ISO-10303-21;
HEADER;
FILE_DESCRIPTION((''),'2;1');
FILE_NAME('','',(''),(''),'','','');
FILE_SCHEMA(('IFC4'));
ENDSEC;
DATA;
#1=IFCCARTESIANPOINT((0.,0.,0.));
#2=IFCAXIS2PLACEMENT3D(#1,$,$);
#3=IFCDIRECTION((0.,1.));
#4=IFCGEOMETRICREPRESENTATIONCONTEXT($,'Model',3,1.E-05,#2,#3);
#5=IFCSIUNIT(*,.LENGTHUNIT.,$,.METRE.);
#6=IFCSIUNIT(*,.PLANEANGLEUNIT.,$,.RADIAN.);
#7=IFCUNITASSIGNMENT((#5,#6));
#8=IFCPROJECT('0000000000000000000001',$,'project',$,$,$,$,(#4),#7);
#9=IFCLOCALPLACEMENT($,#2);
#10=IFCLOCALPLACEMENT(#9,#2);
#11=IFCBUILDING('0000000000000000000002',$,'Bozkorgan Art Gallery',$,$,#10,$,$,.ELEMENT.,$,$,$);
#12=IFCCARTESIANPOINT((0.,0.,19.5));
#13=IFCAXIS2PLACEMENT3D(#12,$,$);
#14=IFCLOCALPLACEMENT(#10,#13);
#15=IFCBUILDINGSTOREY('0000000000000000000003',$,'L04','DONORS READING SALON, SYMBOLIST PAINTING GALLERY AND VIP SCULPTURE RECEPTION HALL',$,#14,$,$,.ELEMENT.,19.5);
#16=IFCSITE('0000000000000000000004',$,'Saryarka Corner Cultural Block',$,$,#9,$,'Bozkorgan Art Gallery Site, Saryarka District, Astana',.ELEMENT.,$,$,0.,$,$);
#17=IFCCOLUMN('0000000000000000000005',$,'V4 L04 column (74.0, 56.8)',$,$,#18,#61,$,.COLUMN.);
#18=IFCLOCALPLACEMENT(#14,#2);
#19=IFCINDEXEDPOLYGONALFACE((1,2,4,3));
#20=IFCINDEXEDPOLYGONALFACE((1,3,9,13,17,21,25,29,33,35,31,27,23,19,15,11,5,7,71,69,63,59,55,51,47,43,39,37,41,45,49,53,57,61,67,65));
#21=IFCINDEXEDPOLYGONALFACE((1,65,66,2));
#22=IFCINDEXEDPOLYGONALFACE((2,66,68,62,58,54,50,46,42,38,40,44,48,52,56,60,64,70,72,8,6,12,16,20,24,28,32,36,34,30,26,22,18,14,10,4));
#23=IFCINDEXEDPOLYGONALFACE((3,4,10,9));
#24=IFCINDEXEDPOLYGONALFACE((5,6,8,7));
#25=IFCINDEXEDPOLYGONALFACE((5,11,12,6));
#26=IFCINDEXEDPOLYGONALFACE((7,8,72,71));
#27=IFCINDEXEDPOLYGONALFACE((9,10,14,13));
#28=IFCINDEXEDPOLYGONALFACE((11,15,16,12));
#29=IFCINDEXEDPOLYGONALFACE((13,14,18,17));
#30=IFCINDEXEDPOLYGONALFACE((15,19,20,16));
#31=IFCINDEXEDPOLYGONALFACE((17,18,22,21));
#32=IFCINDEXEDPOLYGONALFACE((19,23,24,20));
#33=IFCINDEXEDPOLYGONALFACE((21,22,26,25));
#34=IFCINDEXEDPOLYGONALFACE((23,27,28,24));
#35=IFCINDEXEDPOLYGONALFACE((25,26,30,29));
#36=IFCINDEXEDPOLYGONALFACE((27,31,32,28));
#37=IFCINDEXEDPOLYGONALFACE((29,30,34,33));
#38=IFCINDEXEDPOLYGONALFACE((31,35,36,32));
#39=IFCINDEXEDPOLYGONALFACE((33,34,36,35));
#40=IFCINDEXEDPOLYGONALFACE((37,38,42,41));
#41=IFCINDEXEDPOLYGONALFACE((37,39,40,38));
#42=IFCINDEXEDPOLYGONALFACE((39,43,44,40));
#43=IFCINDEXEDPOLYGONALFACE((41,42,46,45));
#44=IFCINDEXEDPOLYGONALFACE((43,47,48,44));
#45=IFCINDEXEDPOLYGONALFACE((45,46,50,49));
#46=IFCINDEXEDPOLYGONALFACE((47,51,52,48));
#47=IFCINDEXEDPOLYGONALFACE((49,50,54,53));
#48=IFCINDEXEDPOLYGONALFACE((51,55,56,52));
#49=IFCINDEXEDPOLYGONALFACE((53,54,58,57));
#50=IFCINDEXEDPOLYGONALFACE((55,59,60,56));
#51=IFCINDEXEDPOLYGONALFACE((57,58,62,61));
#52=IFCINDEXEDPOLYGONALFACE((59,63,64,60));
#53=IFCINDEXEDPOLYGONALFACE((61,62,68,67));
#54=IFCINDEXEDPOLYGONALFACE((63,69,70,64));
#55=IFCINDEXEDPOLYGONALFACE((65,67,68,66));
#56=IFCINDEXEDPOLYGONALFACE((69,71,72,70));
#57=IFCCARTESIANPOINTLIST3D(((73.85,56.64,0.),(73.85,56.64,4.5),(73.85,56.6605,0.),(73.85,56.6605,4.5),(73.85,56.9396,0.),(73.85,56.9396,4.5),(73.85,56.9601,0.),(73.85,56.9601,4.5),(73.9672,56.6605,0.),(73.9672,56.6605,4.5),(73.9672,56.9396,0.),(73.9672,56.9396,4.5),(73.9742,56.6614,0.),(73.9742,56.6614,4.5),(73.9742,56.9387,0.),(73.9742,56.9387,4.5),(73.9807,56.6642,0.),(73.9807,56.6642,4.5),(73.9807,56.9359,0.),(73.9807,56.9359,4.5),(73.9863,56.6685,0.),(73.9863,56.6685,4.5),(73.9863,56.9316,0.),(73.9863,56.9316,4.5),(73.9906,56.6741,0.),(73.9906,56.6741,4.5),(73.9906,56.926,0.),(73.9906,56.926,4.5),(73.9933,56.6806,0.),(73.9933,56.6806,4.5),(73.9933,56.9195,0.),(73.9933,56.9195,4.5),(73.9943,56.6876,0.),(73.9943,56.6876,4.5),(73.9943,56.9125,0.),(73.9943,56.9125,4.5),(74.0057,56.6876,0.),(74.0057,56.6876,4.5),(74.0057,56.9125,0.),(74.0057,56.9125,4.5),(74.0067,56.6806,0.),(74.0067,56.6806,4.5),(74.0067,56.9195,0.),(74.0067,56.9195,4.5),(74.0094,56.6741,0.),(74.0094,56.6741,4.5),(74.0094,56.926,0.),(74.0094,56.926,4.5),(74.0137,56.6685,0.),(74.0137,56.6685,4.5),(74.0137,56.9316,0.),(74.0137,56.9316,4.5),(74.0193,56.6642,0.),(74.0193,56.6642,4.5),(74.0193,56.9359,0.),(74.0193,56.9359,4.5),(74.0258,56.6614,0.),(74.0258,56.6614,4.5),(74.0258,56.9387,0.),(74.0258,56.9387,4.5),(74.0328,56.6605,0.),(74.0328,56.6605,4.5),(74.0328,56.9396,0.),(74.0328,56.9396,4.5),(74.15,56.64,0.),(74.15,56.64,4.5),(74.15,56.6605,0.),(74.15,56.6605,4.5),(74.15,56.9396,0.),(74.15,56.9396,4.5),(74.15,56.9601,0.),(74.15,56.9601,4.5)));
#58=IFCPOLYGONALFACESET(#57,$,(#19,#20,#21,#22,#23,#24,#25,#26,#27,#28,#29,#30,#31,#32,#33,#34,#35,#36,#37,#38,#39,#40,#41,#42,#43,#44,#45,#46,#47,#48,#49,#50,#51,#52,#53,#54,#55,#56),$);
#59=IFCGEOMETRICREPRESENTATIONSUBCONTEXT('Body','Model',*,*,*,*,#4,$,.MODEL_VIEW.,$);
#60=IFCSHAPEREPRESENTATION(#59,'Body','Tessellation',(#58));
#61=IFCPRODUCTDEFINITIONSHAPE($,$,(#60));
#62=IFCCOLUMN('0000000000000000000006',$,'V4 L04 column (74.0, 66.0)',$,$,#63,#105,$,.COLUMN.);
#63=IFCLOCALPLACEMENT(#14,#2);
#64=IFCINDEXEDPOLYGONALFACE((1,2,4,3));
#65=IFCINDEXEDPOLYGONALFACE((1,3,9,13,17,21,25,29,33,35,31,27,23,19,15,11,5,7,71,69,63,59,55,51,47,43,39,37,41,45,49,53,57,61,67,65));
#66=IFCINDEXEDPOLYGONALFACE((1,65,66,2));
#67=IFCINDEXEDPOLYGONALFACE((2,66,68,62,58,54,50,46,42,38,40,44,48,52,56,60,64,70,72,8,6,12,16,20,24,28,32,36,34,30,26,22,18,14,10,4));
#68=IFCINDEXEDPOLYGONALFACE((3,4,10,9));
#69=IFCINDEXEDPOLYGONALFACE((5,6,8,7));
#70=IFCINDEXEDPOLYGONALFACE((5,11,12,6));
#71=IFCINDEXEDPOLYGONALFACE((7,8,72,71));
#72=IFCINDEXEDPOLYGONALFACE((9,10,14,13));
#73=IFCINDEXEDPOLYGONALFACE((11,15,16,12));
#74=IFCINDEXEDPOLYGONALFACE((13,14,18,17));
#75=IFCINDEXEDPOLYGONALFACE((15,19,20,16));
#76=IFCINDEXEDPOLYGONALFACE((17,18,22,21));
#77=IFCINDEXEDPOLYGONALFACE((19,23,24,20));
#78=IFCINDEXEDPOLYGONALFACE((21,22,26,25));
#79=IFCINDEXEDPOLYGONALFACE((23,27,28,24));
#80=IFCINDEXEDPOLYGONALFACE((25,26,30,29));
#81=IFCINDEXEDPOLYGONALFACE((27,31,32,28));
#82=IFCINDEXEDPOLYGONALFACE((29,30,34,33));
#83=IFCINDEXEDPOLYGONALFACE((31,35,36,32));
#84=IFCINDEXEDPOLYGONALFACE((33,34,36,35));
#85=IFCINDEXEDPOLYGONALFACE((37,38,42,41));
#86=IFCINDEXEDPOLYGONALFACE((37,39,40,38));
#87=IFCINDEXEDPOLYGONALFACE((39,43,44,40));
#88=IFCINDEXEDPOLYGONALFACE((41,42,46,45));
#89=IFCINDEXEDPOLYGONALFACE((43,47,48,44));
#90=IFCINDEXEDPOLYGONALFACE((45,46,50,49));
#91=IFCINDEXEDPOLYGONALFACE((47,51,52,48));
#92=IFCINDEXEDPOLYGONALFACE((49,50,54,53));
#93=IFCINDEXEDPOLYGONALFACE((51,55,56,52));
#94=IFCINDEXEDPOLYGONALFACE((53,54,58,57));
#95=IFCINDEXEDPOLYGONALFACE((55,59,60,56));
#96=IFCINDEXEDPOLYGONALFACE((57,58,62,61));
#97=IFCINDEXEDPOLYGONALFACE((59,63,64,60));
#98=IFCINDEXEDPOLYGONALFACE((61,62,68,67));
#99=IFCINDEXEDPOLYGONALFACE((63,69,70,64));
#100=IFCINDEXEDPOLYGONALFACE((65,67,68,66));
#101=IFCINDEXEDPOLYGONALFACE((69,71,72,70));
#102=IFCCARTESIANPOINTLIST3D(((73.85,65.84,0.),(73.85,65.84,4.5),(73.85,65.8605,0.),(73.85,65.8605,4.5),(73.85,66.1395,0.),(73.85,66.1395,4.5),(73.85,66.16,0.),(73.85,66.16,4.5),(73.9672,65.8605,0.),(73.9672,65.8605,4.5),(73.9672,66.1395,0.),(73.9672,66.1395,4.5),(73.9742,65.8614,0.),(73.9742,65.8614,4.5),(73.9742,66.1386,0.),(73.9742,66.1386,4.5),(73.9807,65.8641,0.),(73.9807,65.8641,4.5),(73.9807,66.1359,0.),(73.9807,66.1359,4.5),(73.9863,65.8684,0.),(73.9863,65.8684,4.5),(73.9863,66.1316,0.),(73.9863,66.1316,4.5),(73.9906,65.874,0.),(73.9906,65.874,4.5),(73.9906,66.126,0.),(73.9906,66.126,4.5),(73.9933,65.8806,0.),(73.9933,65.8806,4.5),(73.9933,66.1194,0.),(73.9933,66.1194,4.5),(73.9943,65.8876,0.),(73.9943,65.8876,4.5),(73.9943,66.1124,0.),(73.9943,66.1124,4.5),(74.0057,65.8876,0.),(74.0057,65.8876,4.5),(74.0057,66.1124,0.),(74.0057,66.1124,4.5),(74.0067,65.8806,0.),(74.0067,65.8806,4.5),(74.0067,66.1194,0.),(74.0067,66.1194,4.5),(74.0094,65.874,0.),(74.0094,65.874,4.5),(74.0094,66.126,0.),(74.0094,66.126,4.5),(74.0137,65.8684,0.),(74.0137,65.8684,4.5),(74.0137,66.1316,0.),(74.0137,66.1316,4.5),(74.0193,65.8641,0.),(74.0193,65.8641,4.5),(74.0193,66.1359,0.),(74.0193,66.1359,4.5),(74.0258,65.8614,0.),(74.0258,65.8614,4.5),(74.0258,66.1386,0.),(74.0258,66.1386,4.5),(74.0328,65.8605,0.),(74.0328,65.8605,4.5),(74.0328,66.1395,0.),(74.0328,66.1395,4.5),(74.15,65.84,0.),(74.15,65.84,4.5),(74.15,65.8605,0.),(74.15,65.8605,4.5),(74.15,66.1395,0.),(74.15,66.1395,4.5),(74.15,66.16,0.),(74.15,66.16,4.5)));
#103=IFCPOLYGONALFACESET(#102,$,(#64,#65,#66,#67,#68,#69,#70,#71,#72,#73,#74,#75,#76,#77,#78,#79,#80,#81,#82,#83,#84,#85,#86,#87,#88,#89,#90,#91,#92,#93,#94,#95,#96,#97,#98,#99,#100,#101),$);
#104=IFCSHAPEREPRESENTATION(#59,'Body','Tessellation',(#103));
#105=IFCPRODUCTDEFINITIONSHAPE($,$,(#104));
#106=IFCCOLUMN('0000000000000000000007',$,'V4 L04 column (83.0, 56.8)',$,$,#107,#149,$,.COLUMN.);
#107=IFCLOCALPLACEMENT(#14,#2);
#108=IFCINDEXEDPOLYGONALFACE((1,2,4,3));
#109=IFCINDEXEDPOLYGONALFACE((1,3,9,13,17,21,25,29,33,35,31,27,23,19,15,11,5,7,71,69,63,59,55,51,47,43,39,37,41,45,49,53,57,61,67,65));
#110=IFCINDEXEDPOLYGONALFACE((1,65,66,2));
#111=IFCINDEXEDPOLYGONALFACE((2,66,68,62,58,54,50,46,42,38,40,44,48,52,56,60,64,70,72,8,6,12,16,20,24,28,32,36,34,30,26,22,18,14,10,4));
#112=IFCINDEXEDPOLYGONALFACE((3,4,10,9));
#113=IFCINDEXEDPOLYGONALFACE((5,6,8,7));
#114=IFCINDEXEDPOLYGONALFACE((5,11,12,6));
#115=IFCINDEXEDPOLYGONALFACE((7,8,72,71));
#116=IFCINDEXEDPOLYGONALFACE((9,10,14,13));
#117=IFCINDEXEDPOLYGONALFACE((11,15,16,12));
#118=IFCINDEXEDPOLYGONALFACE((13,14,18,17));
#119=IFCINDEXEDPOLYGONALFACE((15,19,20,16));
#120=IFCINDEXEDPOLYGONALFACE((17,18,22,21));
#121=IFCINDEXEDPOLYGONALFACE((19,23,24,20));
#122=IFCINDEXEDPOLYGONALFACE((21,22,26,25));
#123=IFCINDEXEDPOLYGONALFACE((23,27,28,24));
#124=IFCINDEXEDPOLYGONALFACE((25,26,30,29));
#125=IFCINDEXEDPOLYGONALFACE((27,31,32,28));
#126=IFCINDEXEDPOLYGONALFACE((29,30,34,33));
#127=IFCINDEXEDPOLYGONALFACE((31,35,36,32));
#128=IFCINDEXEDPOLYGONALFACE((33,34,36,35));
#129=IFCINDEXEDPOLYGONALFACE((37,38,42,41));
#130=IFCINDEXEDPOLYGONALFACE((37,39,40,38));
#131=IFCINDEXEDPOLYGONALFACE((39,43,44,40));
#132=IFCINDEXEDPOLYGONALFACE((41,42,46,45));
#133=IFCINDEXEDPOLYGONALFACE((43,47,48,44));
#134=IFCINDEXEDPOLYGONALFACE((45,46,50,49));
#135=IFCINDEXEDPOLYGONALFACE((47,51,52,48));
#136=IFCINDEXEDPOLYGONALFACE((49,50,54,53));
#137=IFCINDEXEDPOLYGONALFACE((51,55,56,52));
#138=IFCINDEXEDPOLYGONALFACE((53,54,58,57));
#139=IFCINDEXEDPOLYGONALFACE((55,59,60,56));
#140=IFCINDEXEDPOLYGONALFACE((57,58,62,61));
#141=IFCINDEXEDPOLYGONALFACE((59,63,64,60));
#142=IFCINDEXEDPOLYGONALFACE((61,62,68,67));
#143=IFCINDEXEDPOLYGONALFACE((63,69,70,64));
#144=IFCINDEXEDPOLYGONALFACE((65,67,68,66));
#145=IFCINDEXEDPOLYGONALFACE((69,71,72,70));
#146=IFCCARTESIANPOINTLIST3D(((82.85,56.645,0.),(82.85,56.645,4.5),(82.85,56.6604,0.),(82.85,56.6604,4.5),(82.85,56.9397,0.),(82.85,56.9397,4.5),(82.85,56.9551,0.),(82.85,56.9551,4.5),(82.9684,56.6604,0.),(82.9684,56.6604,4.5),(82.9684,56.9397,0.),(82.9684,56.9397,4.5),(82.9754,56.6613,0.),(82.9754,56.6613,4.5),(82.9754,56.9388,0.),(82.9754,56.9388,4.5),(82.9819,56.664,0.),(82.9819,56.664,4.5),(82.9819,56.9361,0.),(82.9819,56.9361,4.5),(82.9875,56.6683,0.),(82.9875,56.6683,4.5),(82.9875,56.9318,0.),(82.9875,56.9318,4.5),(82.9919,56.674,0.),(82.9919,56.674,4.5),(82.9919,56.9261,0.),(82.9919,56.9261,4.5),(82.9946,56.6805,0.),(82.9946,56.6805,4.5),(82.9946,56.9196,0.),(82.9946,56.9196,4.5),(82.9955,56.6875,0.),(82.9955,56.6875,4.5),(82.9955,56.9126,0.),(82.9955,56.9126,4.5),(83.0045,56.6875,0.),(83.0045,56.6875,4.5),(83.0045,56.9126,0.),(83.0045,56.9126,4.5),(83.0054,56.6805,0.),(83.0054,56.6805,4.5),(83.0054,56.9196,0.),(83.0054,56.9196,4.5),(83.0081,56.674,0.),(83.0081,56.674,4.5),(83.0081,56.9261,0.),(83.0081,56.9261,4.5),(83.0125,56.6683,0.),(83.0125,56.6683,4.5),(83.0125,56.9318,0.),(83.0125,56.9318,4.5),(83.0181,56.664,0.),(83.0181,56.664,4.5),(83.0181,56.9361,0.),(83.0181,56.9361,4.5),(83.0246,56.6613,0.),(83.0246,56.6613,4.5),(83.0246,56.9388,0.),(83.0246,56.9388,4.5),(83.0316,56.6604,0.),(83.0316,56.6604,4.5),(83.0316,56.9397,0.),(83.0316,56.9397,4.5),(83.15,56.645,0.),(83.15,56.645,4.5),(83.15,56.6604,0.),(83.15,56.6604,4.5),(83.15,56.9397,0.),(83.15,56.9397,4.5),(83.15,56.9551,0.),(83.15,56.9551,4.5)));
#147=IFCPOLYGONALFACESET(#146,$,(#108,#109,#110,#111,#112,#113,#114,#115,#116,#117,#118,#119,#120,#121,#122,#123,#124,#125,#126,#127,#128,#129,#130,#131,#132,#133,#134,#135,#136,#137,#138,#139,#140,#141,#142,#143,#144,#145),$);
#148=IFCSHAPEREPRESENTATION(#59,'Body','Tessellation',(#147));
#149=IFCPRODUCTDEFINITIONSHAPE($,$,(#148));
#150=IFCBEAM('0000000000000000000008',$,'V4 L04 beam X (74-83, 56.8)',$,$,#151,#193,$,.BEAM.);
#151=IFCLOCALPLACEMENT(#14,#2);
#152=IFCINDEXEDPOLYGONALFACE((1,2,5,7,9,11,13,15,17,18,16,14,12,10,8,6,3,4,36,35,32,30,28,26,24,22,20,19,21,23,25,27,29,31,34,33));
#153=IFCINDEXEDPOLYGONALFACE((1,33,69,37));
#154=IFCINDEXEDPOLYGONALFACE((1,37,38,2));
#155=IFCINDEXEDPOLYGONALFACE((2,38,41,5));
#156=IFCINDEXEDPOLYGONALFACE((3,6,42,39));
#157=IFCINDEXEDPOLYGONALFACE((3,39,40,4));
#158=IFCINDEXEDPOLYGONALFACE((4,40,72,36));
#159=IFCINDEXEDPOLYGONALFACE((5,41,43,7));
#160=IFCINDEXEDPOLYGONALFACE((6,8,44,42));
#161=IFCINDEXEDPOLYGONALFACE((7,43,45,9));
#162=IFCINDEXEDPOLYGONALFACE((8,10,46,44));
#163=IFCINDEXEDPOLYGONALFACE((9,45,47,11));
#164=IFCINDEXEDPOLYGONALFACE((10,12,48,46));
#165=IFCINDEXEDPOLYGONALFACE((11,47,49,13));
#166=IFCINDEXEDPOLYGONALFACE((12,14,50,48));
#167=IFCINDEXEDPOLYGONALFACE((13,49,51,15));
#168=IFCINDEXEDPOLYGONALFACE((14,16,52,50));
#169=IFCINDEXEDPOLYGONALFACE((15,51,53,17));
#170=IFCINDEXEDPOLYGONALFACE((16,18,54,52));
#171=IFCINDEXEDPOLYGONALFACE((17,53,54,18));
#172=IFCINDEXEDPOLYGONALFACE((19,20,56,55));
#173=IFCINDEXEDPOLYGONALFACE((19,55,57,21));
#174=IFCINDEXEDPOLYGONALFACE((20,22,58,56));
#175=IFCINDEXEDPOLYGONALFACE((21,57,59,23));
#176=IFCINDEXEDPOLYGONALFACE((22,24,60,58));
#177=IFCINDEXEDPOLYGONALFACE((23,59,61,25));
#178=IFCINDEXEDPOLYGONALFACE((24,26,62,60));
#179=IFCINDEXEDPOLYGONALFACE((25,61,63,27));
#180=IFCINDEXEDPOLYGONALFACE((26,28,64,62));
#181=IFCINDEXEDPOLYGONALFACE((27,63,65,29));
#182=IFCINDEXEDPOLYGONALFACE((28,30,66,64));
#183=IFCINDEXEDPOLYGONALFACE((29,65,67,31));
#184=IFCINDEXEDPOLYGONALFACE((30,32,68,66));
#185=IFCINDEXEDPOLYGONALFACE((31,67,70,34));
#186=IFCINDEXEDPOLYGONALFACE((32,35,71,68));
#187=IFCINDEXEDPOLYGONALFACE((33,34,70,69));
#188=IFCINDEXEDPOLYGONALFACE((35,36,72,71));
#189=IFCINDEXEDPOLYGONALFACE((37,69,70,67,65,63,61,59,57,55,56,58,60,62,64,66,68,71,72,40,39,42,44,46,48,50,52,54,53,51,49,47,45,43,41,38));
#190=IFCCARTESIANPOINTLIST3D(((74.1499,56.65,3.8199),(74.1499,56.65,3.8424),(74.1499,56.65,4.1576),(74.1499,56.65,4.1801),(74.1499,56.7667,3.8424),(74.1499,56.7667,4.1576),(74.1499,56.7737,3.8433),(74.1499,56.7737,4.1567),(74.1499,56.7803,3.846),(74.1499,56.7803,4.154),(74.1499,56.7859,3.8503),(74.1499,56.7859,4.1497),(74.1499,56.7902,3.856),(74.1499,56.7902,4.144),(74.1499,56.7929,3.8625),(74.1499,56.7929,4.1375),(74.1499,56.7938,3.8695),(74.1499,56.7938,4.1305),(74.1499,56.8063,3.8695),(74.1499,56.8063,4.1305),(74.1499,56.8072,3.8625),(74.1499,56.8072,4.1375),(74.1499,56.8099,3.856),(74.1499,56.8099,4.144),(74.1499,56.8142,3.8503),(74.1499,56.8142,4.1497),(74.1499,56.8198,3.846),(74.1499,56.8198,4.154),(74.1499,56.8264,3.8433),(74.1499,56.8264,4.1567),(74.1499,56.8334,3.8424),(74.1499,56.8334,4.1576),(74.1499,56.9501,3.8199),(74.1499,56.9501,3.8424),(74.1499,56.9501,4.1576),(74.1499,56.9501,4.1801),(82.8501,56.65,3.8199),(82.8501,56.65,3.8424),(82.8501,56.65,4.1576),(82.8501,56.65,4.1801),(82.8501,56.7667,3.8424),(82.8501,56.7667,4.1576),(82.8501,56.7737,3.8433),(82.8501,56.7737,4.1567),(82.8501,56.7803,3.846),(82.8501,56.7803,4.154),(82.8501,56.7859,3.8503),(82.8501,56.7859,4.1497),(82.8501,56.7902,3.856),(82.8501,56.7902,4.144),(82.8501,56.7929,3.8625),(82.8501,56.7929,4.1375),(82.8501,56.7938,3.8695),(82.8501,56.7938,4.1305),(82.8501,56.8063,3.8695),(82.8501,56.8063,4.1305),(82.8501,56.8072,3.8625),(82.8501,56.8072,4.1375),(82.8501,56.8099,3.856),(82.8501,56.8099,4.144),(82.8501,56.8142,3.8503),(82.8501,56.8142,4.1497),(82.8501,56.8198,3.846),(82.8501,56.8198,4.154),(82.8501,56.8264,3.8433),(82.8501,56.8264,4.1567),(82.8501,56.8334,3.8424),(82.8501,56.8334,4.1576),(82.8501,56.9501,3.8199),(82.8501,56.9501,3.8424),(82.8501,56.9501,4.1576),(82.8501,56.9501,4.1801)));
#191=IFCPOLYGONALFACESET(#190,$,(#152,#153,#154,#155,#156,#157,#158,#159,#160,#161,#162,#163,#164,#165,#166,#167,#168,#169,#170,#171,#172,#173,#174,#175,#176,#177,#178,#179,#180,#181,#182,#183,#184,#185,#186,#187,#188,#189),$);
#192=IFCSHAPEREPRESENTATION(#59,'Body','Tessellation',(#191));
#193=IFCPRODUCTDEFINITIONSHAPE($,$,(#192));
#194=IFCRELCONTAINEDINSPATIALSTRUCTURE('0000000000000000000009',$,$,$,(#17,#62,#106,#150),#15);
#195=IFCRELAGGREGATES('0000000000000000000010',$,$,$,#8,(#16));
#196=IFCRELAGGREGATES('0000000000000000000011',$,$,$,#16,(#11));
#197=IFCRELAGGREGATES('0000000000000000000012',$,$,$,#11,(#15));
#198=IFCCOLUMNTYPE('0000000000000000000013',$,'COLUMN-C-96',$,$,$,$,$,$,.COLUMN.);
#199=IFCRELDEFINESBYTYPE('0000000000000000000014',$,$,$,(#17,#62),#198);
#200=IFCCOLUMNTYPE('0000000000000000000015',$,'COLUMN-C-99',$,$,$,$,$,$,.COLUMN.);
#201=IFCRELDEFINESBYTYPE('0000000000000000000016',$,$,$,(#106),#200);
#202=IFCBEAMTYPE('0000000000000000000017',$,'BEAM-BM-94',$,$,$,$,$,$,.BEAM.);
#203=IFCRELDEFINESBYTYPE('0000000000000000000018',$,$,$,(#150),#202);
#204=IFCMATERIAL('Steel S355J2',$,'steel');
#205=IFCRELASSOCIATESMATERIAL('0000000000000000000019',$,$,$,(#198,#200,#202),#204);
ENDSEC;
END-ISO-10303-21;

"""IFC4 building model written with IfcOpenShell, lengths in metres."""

from ifc_helpers import new_model, si_unit, direction, frame, origin, origin_2d, place, context, subcontext, project, spatial, i_section, extrude, material, material_profile, profile_set, type_object, element, save


model = new_model("IFC4")

# Units and contexts
model_context = context("Model", 3, precision=1e-05, world=origin(), true_north=direction((0.0, 1.0)))
body_context = subcontext(model_context, "Body", "Model", "MODEL_VIEW")
ifc_project = project(units=[si_unit("LENGTHUNIT", "METRE"), si_unit("PLANEANGLEUNIT", "RADIAN")], contexts=[model_context])

# Site, building, storey
site_placement = place(None, origin())
site = spatial("IfcSite", under=ifc_project, at=site_placement, Name="Saryarka Corner Cultural Block", LongName="Bozkorgan Art Gallery Site, Saryarka District, Astana", CompositionType="ELEMENT", RefElevation=0.0)
building_placement = place(site_placement, origin())
building = spatial("IfcBuilding", under=site, at=building_placement, Name="Bozkorgan Art Gallery", CompositionType="ELEMENT")
storey_placement = place(building_placement, frame((0.0, 0.0, 19.5)))
storey = spatial("IfcBuildingStorey", under=building, at=storey_placement, Name="L04", Description="DONORS READING SALON, SYMBOLIST PAINTING GALLERY AND VIP SCULPTURE RECEPTION HALL", CompositionType="ELEMENT", Elevation=19.5)

# Columns
ifc_material_1 = material(Name="Steel S355J2", Category="steel")
ifc_material_profile_1 = material_profile(ifc_material_1, i_section(OverallWidth=0.3, OverallDepth=0.3201, WebThickness=0.0115, FlangeThickness=0.0205, FilletRadius=0.0271, at=origin_2d()), Name="HEB 320")
ifc_profile_set_1 = profile_set([ifc_material_profile_1], Name="Steel S355J2")
column_type_1 = type_object("IfcColumnType", Name="COLUMN-C-96", PredefinedType="COLUMN", material=ifc_profile_set_1)
for number, where, z_axis, x_axis, name in (
    (1, (74.0, 56.8, 0.0), (0.0, 0.0, 1.0), (1.0, 0.0, 0.0), "V4 L04 column (74.0, 56.8)"),
    (2, (74.0, 66.0, 0.0), (0.0, 0.0, 1.0), (1.0, 0.0, 0.0), "V4 L04 column (74.0, 66.0)"),
):
    element("IfcColumn", number, at=place(storey_placement, frame(where, z_axis=z_axis, x_axis=x_axis)), inside=storey, type_object=column_type_1, Name=name, PredefinedType="COLUMN", context=body_context, shape_type="SweptSolid", body=[
        extrude(i_section(OverallWidth=0.3, OverallDepth=0.3201, WebThickness=0.0115, FlangeThickness=0.0205, FilletRadius=0.0271, at=origin_2d()), origin(), (0.0, 0.0, 1.0), 4.5),
    ])
ifc_material_profile_2 = material_profile(ifc_material_1, i_section(OverallWidth=0.3, OverallDepth=0.3101, WebThickness=0.009, FlangeThickness=0.0154, FilletRadius=0.0271, at=origin_2d()), Name="HEA 320")
ifc_profile_set_2 = profile_set([ifc_material_profile_2], Name="Steel S355J2")
column_type_2 = type_object("IfcColumnType", Name="COLUMN-C-99", PredefinedType="COLUMN", material=ifc_profile_set_2)
column_placement = place(storey_placement, frame((83.0, 56.8, 0.0), z_axis=(0.0, 0.0, 1.0), x_axis=(1.0, 0.0, 0.0)))
element("IfcColumn", 3, at=column_placement, inside=storey, type_object=column_type_2, Name="V4 L04 column (83.0, 56.8)", PredefinedType="COLUMN", context=body_context, shape_type="SweptSolid", body=[
    extrude(i_section(OverallWidth=0.3, OverallDepth=0.3101, WebThickness=0.009, FlangeThickness=0.0154, FilletRadius=0.0271, at=origin_2d()), origin(), (0.0, 0.0, 1.0), 4.5),
])

# Beam
ifc_material_profile_3 = material_profile(ifc_material_1, i_section(OverallWidth=0.3, OverallDepth=0.3601, WebThickness=0.0125, FlangeThickness=0.0225, FilletRadius=0.0271, at=origin_2d()), Name="HEB 360")
ifc_profile_set_3 = profile_set([ifc_material_profile_3], Name="Steel S355J2")
beam_type = type_object("IfcBeamType", Name="BEAM-BM-94", PredefinedType="BEAM", material=ifc_profile_set_3)
for number, where, z_axis, x_axis, name in (
    (4, (74.1499, 56.8, 4.0), (1.0, 0.0, 0.0), (0.0, 1.0, 0.0), "V4 L04 beam X (74-83, 56.8)"),
):
    element("IfcBeam", number, at=place(storey_placement, frame(where, z_axis=z_axis, x_axis=x_axis)), inside=storey, type_object=beam_type, Name=name, PredefinedType="BEAM", context=body_context, shape_type="SweptSolid", body=[
        extrude(i_section(OverallWidth=0.3, OverallDepth=0.3601, WebThickness=0.0125, FlangeThickness=0.0225, FilletRadius=0.0271, at=origin_2d()), origin(), (0.0, 0.0, 1.0), 8.7002),
    ])

save(model, "model.ifc")
